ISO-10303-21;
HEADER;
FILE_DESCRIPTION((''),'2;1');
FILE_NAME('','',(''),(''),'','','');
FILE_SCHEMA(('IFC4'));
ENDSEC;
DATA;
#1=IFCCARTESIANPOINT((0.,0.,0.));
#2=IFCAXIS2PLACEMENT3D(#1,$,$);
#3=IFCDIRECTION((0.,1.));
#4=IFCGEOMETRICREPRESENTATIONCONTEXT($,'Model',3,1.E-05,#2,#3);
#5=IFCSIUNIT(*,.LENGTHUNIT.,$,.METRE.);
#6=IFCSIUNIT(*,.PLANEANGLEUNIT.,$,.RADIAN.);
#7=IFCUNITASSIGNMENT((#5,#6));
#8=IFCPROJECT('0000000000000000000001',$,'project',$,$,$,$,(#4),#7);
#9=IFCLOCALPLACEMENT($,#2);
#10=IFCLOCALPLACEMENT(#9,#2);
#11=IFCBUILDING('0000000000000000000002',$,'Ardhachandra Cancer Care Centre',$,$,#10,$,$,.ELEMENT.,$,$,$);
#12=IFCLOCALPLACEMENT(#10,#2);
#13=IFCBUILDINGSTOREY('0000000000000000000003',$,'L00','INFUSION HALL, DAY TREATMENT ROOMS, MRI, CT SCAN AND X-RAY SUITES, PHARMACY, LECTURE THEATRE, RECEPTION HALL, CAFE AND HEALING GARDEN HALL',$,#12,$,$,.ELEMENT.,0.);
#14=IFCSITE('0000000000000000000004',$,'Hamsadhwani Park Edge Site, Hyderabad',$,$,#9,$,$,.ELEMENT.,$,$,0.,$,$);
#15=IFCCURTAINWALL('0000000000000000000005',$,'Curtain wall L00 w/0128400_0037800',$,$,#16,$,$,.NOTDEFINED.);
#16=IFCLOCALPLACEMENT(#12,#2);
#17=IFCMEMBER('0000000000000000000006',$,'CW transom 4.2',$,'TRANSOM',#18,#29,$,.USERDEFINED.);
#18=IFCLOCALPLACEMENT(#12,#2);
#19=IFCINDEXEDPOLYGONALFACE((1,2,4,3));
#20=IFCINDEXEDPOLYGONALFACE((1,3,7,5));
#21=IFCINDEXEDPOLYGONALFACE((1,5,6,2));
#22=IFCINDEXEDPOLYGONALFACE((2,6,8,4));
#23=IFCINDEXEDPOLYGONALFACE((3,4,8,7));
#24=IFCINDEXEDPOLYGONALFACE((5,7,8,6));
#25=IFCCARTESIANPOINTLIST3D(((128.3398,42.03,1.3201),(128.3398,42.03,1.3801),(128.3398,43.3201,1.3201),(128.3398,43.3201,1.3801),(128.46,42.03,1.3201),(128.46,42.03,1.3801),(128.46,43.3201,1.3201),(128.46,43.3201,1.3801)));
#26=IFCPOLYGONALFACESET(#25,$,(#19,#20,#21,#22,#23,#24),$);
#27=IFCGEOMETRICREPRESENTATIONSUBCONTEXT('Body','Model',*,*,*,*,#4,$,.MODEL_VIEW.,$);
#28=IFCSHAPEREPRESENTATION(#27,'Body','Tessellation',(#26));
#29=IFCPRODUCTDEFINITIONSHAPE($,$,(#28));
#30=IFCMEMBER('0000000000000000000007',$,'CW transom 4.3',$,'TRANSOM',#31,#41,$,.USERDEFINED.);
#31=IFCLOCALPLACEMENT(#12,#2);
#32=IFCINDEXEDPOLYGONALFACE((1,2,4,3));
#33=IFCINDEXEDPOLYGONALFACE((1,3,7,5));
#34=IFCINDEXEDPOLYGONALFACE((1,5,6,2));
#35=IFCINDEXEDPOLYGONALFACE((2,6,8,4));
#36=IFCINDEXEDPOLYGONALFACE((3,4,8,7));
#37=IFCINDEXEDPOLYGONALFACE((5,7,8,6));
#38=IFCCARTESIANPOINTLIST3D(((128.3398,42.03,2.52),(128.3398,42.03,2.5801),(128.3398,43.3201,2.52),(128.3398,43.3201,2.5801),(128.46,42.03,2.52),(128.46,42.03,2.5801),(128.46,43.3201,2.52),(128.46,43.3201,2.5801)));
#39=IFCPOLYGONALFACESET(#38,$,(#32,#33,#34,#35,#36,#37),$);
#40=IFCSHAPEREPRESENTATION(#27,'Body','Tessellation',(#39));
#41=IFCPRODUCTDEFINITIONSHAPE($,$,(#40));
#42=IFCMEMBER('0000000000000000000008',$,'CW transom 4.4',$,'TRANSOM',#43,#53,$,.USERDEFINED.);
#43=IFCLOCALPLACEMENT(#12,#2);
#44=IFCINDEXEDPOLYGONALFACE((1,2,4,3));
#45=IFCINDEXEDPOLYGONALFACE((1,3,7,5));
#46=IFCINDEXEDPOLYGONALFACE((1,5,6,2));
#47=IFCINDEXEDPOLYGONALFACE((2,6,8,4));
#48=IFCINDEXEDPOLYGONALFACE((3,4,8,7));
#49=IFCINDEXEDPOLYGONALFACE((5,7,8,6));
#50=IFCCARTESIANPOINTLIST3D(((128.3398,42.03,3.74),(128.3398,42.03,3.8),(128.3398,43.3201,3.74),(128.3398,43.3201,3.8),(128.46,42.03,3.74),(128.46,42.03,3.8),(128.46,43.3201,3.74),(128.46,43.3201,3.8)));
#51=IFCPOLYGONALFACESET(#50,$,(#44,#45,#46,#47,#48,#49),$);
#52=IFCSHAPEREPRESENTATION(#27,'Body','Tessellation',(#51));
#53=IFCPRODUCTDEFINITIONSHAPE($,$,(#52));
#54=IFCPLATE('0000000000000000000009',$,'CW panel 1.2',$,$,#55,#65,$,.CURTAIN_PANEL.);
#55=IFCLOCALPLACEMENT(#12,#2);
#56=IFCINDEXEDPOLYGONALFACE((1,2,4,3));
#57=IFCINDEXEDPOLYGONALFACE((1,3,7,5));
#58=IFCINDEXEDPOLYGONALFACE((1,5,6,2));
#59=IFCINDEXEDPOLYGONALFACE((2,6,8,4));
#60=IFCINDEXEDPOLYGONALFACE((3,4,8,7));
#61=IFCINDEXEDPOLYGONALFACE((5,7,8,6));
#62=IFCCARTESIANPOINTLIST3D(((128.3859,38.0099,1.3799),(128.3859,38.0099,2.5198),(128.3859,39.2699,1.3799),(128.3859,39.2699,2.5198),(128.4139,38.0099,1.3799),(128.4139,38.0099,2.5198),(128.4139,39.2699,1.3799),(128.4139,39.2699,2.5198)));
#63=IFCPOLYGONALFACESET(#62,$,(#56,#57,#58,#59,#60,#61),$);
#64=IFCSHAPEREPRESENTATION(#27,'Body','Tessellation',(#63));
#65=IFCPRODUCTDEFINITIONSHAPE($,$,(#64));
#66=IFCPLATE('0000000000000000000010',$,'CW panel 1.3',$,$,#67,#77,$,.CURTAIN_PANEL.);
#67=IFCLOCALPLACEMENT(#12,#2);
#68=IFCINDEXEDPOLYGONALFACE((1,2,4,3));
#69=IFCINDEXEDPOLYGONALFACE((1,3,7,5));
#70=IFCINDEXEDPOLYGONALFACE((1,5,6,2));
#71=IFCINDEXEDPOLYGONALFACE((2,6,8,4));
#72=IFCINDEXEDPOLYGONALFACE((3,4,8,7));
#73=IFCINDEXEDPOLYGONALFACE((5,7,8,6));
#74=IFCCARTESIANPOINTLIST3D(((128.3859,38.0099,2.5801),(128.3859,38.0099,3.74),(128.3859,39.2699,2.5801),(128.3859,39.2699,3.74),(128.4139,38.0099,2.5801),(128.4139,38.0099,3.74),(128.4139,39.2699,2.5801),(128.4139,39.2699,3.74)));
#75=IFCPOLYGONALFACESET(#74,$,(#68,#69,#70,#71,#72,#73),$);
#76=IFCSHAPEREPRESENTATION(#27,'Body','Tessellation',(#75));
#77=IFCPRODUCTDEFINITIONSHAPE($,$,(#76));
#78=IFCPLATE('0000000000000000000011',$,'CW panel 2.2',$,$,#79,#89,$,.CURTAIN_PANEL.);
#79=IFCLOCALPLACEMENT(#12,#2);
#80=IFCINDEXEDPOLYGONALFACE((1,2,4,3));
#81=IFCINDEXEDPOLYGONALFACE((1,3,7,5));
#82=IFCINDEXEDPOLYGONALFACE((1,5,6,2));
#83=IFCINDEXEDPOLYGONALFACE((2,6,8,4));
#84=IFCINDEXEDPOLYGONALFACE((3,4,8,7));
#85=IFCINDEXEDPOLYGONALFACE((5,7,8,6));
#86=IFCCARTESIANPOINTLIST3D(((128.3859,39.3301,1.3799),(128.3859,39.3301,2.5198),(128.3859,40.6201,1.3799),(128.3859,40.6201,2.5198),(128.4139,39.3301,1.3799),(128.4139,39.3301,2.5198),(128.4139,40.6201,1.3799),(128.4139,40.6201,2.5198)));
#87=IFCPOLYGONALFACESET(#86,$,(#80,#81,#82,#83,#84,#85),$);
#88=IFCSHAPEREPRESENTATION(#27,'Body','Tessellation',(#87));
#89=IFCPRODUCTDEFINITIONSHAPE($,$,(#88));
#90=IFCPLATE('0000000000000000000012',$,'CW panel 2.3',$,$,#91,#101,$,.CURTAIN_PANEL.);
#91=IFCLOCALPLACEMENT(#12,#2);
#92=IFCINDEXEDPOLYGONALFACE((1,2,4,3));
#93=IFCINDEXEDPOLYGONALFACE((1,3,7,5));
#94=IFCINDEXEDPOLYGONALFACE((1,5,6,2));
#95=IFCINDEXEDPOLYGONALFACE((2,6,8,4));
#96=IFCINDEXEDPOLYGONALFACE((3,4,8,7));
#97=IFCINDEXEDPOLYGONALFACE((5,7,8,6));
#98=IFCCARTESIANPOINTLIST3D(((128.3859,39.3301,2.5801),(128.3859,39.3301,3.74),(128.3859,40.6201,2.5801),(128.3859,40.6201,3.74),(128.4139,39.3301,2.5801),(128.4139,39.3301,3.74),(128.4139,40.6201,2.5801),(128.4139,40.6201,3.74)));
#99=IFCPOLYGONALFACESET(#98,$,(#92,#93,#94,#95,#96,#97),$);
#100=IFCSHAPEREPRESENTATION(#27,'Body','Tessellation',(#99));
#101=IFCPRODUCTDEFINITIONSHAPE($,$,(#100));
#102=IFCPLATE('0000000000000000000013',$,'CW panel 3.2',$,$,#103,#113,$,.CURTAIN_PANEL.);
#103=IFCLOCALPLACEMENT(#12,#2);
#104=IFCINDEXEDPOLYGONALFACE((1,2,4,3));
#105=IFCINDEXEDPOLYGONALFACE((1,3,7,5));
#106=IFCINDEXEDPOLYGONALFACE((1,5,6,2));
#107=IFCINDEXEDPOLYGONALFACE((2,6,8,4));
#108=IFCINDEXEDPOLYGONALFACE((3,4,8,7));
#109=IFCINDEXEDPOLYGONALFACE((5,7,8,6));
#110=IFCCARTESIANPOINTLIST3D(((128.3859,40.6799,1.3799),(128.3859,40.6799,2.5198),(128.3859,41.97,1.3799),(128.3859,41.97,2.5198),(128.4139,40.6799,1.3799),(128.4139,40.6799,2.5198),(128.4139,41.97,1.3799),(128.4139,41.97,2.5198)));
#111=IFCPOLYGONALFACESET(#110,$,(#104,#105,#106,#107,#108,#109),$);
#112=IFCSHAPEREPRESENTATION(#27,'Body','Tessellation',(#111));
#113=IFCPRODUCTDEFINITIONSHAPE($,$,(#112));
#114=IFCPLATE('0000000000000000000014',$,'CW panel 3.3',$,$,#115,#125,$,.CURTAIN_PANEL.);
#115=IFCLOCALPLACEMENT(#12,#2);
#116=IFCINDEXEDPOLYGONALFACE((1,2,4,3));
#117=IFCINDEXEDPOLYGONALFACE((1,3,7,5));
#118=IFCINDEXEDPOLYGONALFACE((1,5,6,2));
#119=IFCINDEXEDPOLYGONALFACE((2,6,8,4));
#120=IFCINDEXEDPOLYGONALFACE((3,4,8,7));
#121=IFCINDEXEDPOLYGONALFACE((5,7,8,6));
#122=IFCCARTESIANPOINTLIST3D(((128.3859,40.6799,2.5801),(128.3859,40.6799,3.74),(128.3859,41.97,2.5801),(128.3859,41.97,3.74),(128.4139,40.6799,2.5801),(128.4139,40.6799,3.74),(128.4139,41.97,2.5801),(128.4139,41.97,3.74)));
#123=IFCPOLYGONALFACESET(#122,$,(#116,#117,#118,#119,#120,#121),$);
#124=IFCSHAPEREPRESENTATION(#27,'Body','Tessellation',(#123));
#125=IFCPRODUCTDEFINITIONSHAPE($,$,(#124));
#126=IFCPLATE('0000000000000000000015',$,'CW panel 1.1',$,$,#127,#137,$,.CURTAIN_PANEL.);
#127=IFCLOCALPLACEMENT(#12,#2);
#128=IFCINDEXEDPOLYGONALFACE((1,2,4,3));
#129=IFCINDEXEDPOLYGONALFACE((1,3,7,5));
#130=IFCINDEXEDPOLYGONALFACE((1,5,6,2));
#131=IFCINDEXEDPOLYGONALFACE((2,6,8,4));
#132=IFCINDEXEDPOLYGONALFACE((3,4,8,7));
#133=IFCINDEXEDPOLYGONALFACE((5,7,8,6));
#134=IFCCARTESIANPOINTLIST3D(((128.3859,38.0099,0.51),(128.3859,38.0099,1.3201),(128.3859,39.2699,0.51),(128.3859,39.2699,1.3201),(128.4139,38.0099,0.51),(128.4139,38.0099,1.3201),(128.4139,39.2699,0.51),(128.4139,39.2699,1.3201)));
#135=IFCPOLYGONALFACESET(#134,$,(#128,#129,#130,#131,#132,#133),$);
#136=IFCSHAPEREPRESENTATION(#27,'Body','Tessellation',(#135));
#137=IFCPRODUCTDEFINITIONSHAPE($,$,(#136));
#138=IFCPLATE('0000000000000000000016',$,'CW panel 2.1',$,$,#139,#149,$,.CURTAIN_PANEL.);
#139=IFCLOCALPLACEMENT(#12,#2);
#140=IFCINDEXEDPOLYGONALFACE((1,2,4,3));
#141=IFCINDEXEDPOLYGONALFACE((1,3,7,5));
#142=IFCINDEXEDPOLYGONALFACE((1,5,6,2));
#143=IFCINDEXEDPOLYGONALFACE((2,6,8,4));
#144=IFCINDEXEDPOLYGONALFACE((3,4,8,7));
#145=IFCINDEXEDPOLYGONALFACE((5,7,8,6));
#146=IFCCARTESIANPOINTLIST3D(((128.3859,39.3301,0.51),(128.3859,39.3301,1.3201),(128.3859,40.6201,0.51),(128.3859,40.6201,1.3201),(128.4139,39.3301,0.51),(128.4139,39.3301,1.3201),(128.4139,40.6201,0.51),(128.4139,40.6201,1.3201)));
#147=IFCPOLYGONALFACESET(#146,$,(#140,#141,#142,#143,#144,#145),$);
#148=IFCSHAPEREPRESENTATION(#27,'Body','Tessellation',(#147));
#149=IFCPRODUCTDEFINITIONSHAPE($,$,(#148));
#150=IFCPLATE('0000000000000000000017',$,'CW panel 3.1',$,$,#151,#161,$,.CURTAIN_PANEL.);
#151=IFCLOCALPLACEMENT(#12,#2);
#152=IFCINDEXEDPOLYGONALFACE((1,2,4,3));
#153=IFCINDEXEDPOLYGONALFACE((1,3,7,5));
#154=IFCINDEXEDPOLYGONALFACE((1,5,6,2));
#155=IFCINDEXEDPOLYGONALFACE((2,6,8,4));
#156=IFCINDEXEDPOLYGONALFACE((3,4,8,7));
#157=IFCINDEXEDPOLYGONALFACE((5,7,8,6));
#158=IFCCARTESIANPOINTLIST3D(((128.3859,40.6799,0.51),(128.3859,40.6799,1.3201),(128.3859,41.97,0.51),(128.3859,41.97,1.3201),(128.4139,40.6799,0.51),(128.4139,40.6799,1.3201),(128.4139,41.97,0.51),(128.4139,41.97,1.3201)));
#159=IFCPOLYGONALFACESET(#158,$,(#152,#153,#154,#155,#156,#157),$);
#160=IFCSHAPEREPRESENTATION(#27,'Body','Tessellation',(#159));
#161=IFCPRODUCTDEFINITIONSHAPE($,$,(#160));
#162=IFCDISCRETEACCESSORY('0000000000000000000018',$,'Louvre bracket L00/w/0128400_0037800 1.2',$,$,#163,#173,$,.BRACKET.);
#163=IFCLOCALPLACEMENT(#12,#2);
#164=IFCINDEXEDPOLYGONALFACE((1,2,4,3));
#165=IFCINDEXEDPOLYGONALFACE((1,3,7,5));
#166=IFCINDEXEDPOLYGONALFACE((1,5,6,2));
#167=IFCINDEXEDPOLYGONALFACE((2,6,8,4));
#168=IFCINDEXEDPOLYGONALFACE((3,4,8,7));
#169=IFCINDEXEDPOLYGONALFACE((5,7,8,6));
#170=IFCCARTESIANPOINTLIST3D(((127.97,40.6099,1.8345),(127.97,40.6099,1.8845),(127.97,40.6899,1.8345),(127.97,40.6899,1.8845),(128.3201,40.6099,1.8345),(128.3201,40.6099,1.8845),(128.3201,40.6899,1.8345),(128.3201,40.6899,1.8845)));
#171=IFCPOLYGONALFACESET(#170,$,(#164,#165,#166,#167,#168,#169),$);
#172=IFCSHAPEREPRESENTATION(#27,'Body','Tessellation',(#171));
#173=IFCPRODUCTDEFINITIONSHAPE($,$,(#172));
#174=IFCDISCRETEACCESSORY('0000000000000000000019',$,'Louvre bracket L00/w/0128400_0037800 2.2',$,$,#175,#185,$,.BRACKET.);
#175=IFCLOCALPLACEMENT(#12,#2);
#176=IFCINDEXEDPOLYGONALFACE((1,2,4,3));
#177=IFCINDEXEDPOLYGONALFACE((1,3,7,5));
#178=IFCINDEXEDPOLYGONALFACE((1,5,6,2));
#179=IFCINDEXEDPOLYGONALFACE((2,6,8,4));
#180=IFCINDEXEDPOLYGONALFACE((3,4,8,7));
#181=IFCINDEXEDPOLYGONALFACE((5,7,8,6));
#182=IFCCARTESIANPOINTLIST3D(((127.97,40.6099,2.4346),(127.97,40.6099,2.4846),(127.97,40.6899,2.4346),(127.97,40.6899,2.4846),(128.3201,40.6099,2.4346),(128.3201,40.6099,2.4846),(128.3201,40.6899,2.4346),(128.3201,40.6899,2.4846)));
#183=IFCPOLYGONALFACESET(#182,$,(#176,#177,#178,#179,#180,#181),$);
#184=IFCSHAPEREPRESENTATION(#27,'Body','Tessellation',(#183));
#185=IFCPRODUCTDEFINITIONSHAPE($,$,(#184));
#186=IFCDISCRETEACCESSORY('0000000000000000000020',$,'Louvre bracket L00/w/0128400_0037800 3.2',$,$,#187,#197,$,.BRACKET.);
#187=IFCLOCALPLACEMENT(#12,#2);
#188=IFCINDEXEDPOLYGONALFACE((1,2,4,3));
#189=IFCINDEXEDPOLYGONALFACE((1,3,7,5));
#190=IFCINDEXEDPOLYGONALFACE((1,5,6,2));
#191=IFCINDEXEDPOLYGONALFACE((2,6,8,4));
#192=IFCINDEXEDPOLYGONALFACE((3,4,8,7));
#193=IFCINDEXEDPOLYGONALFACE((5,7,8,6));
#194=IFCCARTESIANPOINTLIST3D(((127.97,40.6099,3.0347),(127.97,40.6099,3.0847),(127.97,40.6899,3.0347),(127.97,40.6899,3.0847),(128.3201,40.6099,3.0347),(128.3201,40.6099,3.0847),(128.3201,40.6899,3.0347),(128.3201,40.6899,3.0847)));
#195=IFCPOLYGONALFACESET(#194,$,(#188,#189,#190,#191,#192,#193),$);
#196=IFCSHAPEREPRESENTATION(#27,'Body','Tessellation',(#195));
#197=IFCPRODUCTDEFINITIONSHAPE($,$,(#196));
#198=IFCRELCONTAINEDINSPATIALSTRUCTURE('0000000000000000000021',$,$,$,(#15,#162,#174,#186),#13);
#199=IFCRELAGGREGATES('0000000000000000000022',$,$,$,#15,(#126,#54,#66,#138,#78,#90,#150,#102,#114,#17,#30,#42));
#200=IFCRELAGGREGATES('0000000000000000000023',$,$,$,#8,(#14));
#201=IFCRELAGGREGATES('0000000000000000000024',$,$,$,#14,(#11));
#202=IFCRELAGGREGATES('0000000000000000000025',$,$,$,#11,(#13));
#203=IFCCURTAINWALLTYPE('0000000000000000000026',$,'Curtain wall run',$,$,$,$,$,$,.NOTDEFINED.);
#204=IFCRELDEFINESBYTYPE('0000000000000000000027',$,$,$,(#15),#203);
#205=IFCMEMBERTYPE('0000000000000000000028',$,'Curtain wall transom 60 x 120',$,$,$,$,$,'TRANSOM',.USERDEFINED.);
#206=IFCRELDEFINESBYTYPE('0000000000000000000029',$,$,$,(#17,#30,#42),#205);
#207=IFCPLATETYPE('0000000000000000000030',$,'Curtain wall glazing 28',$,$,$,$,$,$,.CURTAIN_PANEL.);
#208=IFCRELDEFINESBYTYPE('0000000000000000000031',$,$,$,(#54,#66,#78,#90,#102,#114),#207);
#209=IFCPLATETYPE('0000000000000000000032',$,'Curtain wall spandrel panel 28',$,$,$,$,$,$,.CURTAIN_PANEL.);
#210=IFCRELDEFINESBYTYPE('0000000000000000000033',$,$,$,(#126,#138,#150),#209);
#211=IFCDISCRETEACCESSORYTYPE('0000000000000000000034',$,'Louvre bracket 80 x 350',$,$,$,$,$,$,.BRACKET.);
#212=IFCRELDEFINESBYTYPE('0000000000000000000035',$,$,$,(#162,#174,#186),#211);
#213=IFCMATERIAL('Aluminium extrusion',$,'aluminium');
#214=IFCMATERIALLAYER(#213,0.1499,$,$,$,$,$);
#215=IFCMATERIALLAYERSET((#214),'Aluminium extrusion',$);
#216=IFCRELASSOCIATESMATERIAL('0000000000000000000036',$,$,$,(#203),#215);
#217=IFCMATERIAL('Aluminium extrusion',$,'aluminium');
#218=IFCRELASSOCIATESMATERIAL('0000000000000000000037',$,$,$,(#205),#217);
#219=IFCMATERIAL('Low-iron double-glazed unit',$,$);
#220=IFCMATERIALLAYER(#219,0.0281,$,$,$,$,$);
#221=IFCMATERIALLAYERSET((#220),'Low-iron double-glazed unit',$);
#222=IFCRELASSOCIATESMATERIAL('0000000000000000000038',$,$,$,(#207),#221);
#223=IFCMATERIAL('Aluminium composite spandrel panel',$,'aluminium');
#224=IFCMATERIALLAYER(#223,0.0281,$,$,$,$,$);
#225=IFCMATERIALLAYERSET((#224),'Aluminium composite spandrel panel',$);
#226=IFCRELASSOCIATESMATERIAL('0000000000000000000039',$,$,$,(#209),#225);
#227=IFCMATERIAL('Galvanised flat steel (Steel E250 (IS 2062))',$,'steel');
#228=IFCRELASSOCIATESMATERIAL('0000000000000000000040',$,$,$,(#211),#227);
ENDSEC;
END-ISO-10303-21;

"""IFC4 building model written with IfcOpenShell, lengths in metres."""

from ifc_helpers import new_model, si_unit, direction, frame, origin, origin_2d, place, context, subcontext, project, spatial, rectangle, extrude, material, layer, layer_set, material_profile, profile_set, type_object, element, aggregate, save


model = new_model("IFC4")

# Units and contexts
model_context = context("Model", 3, precision=1e-05, world=origin(), true_north=direction((0.0, 1.0)))
body_context = subcontext(model_context, "Body", "Model", "MODEL_VIEW")
ifc_project = project(units=[si_unit("LENGTHUNIT", "METRE"), si_unit("PLANEANGLEUNIT", "RADIAN")], contexts=[model_context])

# Site, building, storey
site_placement = place(None, origin())
site = spatial("IfcSite", under=ifc_project, at=site_placement, Name="Hamsadhwani Park Edge Site, Hyderabad", CompositionType="ELEMENT", RefElevation=0.0)
building_placement = place(site_placement, origin())
building = spatial("IfcBuilding", under=site, at=building_placement, Name="Ardhachandra Cancer Care Centre", CompositionType="ELEMENT")
storey_placement = place(building_placement, origin())
storey = spatial("IfcBuildingStorey", under=building, at=storey_placement, Name="L00", Description="INFUSION HALL, DAY TREATMENT ROOMS, MRI, CT SCAN AND X-RAY SUITES, PHARMACY, LECTURE THEATRE, RECEPTION HALL, CAFE AND HEALING GARDEN HALL", CompositionType="ELEMENT", Elevation=0.0)

# Curtain wall, members, plates
ifc_material_1 = material(Name="Aluminium extrusion", Category="aluminium")
ifc_layer_1 = layer(ifc_material_1, 0.1499)
ifc_layer_set_1 = layer_set([ifc_layer_1], Name="Aluminium extrusion")
curtain_wall_type = type_object("IfcCurtainWallType", Name="Curtain wall run", PredefinedType="NOTDEFINED", material=ifc_layer_set_1)
curtain_wall_placement = place(storey_placement, origin())
curtain_wall = element("IfcCurtainWall", 1, at=curtain_wall_placement, inside=storey, type_object=curtain_wall_type, Name="Curtain wall L00 w/0128400_0037800", PredefinedType="NOTDEFINED")
ifc_material_2 = material(Name="Aluminium extrusion", Category="aluminium")
ifc_material_profile_1 = material_profile(ifc_material_2, rectangle(XDim=0.1201, YDim=0.0601, at=origin_2d()), Name="Curtain wall transom 60 x 120")
ifc_profile_set_1 = profile_set([ifc_material_profile_1], Name="Aluminium extrusion")
member_type_1 = type_object("IfcMemberType", Name="Curtain wall transom 60 x 120", ElementType="TRANSOM", PredefinedType="USERDEFINED", material=ifc_profile_set_1)
member_1_placement = place(storey_placement, frame((128.3999, 42.03, 1.3501), z_axis=(0.0, 1.0, 0.0), x_axis=(-1.0, 0.0, 0.0)))
member_1 = element("IfcMember", 2, at=member_1_placement, type_object=member_type_1, Name="CW transom 4.2", ObjectType="TRANSOM", PredefinedType="USERDEFINED", context=body_context, shape_type="SweptSolid", body=[
    extrude(rectangle(XDim=0.1201, YDim=0.0601, at=origin_2d()), origin(), (0.0, 0.0, 1.0), 1.29),
])
member_2_placement = place(storey_placement, frame((128.3999, 42.03, 2.55), z_axis=(0.0, 1.0, 0.0), x_axis=(-1.0, 0.0, 0.0)))
member_2 = element("IfcMember", 3, at=member_2_placement, type_object=member_type_1, Name="CW transom 4.3", ObjectType="TRANSOM", PredefinedType="USERDEFINED", context=body_context, shape_type="SweptSolid", body=[
    extrude(rectangle(XDim=0.1201, YDim=0.0601, at=origin_2d()), origin(), (0.0, 0.0, 1.0), 1.29),
])
member_3_placement = place(storey_placement, frame((128.3999, 42.03, 3.77), z_axis=(0.0, 1.0, 0.0), x_axis=(-1.0, 0.0, 0.0)))
member_3 = element("IfcMember", 4, at=member_3_placement, type_object=member_type_1, Name="CW transom 4.4", ObjectType="TRANSOM", PredefinedType="USERDEFINED", context=body_context, shape_type="SweptSolid", body=[
    extrude(rectangle(XDim=0.1201, YDim=0.0601, at=origin_2d()), origin(), (0.0, 0.0, 1.0), 1.29),
])
ifc_material_3 = material(Name="Low-iron double-glazed unit")
ifc_layer_2 = layer(ifc_material_3, 0.0281)
ifc_layer_set_2 = layer_set([ifc_layer_2], Name="Low-iron double-glazed unit")
plate_type_1 = type_object("IfcPlateType", Name="Curtain wall glazing 28", PredefinedType="CURTAIN_PANEL", material=ifc_layer_set_2)
plate_1_placement = place(storey_placement, frame((128.3999, 38.6399, 1.3799), z_axis=(0.0, 0.0, 1.0), x_axis=(0.0, 1.0, 0.0)))
plate_1 = element("IfcPlate", 5, at=plate_1_placement, type_object=plate_type_1, Name="CW panel 1.2", PredefinedType="CURTAIN_PANEL", context=body_context, shape_type="SweptSolid", body=[
    extrude(rectangle(XDim=1.26, YDim=0.0281, at=origin_2d()), origin(), (0.0, 0.0, 1.0), 1.1399),
])
plate_2_placement = place(storey_placement, frame((128.3999, 38.6399, 2.5801), z_axis=(0.0, 0.0, 1.0), x_axis=(0.0, 1.0, 0.0)))
plate_2 = element("IfcPlate", 6, at=plate_2_placement, type_object=plate_type_1, Name="CW panel 1.3", PredefinedType="CURTAIN_PANEL", context=body_context, shape_type="SweptSolid", body=[
    extrude(rectangle(XDim=1.26, YDim=0.0281, at=origin_2d()), origin(), (0.0, 0.0, 1.0), 1.1599),
])
plate_3_placement = place(storey_placement, frame((128.3999, 39.9751, 1.3799), z_axis=(0.0, 0.0, 1.0), x_axis=(0.0, 1.0, 0.0)))
plate_3 = element("IfcPlate", 7, at=plate_3_placement, type_object=plate_type_1, Name="CW panel 2.2", PredefinedType="CURTAIN_PANEL", context=body_context, shape_type="SweptSolid", body=[
    extrude(rectangle(XDim=1.29, YDim=0.0281, at=origin_2d()), origin(), (0.0, 0.0, 1.0), 1.1399),
])
plate_4_placement = place(storey_placement, frame((128.3999, 39.9751, 2.5801), z_axis=(0.0, 0.0, 1.0), x_axis=(0.0, 1.0, 0.0)))
plate_4 = element("IfcPlate", 8, at=plate_4_placement, type_object=plate_type_1, Name="CW panel 2.3", PredefinedType="CURTAIN_PANEL", context=body_context, shape_type="SweptSolid", body=[
    extrude(rectangle(XDim=1.29, YDim=0.0281, at=origin_2d()), origin(), (0.0, 0.0, 1.0), 1.1599),
])
plate_5_placement = place(storey_placement, frame((128.3999, 41.325, 1.3799), z_axis=(0.0, 0.0, 1.0), x_axis=(0.0, 1.0, 0.0)))
plate_5 = element("IfcPlate", 9, at=plate_5_placement, type_object=plate_type_1, Name="CW panel 3.2", PredefinedType="CURTAIN_PANEL", context=body_context, shape_type="SweptSolid", body=[
    extrude(rectangle(XDim=1.29, YDim=0.0281, at=origin_2d()), origin(), (0.0, 0.0, 1.0), 1.1399),
])
plate_6_placement = place(storey_placement, frame((128.3999, 41.325, 2.5801), z_axis=(0.0, 0.0, 1.0), x_axis=(0.0, 1.0, 0.0)))
plate_6 = element("IfcPlate", 10, at=plate_6_placement, type_object=plate_type_1, Name="CW panel 3.3", PredefinedType="CURTAIN_PANEL", context=body_context, shape_type="SweptSolid", body=[
    extrude(rectangle(XDim=1.29, YDim=0.0281, at=origin_2d()), origin(), (0.0, 0.0, 1.0), 1.1599),
])
ifc_material_4 = material(Name="Aluminium composite spandrel panel", Category="aluminium")
ifc_layer_3 = layer(ifc_material_4, 0.0281)
ifc_layer_set_3 = layer_set([ifc_layer_3], Name="Aluminium composite spandrel panel")
plate_type_2 = type_object("IfcPlateType", Name="Curtain wall spandrel panel 28", PredefinedType="CURTAIN_PANEL", material=ifc_layer_set_3)
plate_7_placement = place(storey_placement, frame((128.3999, 38.6399, 0.51), z_axis=(0.0, 0.0, 1.0), x_axis=(0.0, 1.0, 0.0)))
plate_7 = element("IfcPlate", 11, at=plate_7_placement, type_object=plate_type_2, Name="CW panel 1.1", PredefinedType="CURTAIN_PANEL", context=body_context, shape_type="SweptSolid", body=[
    extrude(rectangle(XDim=1.26, YDim=0.0281, at=origin_2d()), origin(), (0.0, 0.0, 1.0), 0.8101),
])
plate_8_placement = place(storey_placement, frame((128.3999, 39.9751, 0.51), z_axis=(0.0, 0.0, 1.0), x_axis=(0.0, 1.0, 0.0)))
plate_8 = element("IfcPlate", 12, at=plate_8_placement, type_object=plate_type_2, Name="CW panel 2.1", PredefinedType="CURTAIN_PANEL", context=body_context, shape_type="SweptSolid", body=[
    extrude(rectangle(XDim=1.29, YDim=0.0281, at=origin_2d()), origin(), (0.0, 0.0, 1.0), 0.8101),
])
plate_9_placement = place(storey_placement, frame((128.3999, 41.325, 0.51), z_axis=(0.0, 0.0, 1.0), x_axis=(0.0, 1.0, 0.0)))
plate_9 = element("IfcPlate", 13, at=plate_9_placement, type_object=plate_type_2, Name="CW panel 3.1", PredefinedType="CURTAIN_PANEL", context=body_context, shape_type="SweptSolid", body=[
    extrude(rectangle(XDim=1.29, YDim=0.0281, at=origin_2d()), origin(), (0.0, 0.0, 1.0), 0.8101),
])
aggregate(curtain_wall, [plate_7, plate_1, plate_2, plate_8, plate_3, plate_4, plate_9, plate_5, plate_6, member_1, member_2, member_3])

# Discrete accessories
ifc_material_5 = material(Name="Galvanised flat steel (Steel E250 (IS 2062))", Category="steel")
discrete_accessory_type = type_object("IfcDiscreteAccessoryType", Name="Louvre bracket 80 x 350", PredefinedType="BRACKET", material=ifc_material_5)
for number, where, z_axis, x_axis, name in (
    (14, (128.145, 40.6499, 1.8345), (0.0, 0.0, 1.0), (0.0, 1.0, 0.0), "Louvre bracket L00/w/0128400_0037800 1.2"),
    (15, (128.145, 40.6499, 2.4346), (0.0, 0.0, 1.0), (0.0, 1.0, 0.0), "Louvre bracket L00/w/0128400_0037800 2.2"),
    (16, (128.145, 40.6499, 3.0347), (0.0, 0.0, 1.0), (0.0, 1.0, 0.0), "Louvre bracket L00/w/0128400_0037800 3.2"),
):
    element("IfcDiscreteAccessory", number, at=place(storey_placement, frame(where, z_axis=z_axis, x_axis=x_axis)), inside=storey, type_object=discrete_accessory_type, Name=name, PredefinedType="BRACKET", context=body_context, shape_type="SweptSolid", body=[
        extrude(rectangle(XDim=0.0801, YDim=0.3501, at=origin_2d()), origin(), (0.0, 0.0, 1.0), 0.05),
    ])

save(model, "model.ifc")
